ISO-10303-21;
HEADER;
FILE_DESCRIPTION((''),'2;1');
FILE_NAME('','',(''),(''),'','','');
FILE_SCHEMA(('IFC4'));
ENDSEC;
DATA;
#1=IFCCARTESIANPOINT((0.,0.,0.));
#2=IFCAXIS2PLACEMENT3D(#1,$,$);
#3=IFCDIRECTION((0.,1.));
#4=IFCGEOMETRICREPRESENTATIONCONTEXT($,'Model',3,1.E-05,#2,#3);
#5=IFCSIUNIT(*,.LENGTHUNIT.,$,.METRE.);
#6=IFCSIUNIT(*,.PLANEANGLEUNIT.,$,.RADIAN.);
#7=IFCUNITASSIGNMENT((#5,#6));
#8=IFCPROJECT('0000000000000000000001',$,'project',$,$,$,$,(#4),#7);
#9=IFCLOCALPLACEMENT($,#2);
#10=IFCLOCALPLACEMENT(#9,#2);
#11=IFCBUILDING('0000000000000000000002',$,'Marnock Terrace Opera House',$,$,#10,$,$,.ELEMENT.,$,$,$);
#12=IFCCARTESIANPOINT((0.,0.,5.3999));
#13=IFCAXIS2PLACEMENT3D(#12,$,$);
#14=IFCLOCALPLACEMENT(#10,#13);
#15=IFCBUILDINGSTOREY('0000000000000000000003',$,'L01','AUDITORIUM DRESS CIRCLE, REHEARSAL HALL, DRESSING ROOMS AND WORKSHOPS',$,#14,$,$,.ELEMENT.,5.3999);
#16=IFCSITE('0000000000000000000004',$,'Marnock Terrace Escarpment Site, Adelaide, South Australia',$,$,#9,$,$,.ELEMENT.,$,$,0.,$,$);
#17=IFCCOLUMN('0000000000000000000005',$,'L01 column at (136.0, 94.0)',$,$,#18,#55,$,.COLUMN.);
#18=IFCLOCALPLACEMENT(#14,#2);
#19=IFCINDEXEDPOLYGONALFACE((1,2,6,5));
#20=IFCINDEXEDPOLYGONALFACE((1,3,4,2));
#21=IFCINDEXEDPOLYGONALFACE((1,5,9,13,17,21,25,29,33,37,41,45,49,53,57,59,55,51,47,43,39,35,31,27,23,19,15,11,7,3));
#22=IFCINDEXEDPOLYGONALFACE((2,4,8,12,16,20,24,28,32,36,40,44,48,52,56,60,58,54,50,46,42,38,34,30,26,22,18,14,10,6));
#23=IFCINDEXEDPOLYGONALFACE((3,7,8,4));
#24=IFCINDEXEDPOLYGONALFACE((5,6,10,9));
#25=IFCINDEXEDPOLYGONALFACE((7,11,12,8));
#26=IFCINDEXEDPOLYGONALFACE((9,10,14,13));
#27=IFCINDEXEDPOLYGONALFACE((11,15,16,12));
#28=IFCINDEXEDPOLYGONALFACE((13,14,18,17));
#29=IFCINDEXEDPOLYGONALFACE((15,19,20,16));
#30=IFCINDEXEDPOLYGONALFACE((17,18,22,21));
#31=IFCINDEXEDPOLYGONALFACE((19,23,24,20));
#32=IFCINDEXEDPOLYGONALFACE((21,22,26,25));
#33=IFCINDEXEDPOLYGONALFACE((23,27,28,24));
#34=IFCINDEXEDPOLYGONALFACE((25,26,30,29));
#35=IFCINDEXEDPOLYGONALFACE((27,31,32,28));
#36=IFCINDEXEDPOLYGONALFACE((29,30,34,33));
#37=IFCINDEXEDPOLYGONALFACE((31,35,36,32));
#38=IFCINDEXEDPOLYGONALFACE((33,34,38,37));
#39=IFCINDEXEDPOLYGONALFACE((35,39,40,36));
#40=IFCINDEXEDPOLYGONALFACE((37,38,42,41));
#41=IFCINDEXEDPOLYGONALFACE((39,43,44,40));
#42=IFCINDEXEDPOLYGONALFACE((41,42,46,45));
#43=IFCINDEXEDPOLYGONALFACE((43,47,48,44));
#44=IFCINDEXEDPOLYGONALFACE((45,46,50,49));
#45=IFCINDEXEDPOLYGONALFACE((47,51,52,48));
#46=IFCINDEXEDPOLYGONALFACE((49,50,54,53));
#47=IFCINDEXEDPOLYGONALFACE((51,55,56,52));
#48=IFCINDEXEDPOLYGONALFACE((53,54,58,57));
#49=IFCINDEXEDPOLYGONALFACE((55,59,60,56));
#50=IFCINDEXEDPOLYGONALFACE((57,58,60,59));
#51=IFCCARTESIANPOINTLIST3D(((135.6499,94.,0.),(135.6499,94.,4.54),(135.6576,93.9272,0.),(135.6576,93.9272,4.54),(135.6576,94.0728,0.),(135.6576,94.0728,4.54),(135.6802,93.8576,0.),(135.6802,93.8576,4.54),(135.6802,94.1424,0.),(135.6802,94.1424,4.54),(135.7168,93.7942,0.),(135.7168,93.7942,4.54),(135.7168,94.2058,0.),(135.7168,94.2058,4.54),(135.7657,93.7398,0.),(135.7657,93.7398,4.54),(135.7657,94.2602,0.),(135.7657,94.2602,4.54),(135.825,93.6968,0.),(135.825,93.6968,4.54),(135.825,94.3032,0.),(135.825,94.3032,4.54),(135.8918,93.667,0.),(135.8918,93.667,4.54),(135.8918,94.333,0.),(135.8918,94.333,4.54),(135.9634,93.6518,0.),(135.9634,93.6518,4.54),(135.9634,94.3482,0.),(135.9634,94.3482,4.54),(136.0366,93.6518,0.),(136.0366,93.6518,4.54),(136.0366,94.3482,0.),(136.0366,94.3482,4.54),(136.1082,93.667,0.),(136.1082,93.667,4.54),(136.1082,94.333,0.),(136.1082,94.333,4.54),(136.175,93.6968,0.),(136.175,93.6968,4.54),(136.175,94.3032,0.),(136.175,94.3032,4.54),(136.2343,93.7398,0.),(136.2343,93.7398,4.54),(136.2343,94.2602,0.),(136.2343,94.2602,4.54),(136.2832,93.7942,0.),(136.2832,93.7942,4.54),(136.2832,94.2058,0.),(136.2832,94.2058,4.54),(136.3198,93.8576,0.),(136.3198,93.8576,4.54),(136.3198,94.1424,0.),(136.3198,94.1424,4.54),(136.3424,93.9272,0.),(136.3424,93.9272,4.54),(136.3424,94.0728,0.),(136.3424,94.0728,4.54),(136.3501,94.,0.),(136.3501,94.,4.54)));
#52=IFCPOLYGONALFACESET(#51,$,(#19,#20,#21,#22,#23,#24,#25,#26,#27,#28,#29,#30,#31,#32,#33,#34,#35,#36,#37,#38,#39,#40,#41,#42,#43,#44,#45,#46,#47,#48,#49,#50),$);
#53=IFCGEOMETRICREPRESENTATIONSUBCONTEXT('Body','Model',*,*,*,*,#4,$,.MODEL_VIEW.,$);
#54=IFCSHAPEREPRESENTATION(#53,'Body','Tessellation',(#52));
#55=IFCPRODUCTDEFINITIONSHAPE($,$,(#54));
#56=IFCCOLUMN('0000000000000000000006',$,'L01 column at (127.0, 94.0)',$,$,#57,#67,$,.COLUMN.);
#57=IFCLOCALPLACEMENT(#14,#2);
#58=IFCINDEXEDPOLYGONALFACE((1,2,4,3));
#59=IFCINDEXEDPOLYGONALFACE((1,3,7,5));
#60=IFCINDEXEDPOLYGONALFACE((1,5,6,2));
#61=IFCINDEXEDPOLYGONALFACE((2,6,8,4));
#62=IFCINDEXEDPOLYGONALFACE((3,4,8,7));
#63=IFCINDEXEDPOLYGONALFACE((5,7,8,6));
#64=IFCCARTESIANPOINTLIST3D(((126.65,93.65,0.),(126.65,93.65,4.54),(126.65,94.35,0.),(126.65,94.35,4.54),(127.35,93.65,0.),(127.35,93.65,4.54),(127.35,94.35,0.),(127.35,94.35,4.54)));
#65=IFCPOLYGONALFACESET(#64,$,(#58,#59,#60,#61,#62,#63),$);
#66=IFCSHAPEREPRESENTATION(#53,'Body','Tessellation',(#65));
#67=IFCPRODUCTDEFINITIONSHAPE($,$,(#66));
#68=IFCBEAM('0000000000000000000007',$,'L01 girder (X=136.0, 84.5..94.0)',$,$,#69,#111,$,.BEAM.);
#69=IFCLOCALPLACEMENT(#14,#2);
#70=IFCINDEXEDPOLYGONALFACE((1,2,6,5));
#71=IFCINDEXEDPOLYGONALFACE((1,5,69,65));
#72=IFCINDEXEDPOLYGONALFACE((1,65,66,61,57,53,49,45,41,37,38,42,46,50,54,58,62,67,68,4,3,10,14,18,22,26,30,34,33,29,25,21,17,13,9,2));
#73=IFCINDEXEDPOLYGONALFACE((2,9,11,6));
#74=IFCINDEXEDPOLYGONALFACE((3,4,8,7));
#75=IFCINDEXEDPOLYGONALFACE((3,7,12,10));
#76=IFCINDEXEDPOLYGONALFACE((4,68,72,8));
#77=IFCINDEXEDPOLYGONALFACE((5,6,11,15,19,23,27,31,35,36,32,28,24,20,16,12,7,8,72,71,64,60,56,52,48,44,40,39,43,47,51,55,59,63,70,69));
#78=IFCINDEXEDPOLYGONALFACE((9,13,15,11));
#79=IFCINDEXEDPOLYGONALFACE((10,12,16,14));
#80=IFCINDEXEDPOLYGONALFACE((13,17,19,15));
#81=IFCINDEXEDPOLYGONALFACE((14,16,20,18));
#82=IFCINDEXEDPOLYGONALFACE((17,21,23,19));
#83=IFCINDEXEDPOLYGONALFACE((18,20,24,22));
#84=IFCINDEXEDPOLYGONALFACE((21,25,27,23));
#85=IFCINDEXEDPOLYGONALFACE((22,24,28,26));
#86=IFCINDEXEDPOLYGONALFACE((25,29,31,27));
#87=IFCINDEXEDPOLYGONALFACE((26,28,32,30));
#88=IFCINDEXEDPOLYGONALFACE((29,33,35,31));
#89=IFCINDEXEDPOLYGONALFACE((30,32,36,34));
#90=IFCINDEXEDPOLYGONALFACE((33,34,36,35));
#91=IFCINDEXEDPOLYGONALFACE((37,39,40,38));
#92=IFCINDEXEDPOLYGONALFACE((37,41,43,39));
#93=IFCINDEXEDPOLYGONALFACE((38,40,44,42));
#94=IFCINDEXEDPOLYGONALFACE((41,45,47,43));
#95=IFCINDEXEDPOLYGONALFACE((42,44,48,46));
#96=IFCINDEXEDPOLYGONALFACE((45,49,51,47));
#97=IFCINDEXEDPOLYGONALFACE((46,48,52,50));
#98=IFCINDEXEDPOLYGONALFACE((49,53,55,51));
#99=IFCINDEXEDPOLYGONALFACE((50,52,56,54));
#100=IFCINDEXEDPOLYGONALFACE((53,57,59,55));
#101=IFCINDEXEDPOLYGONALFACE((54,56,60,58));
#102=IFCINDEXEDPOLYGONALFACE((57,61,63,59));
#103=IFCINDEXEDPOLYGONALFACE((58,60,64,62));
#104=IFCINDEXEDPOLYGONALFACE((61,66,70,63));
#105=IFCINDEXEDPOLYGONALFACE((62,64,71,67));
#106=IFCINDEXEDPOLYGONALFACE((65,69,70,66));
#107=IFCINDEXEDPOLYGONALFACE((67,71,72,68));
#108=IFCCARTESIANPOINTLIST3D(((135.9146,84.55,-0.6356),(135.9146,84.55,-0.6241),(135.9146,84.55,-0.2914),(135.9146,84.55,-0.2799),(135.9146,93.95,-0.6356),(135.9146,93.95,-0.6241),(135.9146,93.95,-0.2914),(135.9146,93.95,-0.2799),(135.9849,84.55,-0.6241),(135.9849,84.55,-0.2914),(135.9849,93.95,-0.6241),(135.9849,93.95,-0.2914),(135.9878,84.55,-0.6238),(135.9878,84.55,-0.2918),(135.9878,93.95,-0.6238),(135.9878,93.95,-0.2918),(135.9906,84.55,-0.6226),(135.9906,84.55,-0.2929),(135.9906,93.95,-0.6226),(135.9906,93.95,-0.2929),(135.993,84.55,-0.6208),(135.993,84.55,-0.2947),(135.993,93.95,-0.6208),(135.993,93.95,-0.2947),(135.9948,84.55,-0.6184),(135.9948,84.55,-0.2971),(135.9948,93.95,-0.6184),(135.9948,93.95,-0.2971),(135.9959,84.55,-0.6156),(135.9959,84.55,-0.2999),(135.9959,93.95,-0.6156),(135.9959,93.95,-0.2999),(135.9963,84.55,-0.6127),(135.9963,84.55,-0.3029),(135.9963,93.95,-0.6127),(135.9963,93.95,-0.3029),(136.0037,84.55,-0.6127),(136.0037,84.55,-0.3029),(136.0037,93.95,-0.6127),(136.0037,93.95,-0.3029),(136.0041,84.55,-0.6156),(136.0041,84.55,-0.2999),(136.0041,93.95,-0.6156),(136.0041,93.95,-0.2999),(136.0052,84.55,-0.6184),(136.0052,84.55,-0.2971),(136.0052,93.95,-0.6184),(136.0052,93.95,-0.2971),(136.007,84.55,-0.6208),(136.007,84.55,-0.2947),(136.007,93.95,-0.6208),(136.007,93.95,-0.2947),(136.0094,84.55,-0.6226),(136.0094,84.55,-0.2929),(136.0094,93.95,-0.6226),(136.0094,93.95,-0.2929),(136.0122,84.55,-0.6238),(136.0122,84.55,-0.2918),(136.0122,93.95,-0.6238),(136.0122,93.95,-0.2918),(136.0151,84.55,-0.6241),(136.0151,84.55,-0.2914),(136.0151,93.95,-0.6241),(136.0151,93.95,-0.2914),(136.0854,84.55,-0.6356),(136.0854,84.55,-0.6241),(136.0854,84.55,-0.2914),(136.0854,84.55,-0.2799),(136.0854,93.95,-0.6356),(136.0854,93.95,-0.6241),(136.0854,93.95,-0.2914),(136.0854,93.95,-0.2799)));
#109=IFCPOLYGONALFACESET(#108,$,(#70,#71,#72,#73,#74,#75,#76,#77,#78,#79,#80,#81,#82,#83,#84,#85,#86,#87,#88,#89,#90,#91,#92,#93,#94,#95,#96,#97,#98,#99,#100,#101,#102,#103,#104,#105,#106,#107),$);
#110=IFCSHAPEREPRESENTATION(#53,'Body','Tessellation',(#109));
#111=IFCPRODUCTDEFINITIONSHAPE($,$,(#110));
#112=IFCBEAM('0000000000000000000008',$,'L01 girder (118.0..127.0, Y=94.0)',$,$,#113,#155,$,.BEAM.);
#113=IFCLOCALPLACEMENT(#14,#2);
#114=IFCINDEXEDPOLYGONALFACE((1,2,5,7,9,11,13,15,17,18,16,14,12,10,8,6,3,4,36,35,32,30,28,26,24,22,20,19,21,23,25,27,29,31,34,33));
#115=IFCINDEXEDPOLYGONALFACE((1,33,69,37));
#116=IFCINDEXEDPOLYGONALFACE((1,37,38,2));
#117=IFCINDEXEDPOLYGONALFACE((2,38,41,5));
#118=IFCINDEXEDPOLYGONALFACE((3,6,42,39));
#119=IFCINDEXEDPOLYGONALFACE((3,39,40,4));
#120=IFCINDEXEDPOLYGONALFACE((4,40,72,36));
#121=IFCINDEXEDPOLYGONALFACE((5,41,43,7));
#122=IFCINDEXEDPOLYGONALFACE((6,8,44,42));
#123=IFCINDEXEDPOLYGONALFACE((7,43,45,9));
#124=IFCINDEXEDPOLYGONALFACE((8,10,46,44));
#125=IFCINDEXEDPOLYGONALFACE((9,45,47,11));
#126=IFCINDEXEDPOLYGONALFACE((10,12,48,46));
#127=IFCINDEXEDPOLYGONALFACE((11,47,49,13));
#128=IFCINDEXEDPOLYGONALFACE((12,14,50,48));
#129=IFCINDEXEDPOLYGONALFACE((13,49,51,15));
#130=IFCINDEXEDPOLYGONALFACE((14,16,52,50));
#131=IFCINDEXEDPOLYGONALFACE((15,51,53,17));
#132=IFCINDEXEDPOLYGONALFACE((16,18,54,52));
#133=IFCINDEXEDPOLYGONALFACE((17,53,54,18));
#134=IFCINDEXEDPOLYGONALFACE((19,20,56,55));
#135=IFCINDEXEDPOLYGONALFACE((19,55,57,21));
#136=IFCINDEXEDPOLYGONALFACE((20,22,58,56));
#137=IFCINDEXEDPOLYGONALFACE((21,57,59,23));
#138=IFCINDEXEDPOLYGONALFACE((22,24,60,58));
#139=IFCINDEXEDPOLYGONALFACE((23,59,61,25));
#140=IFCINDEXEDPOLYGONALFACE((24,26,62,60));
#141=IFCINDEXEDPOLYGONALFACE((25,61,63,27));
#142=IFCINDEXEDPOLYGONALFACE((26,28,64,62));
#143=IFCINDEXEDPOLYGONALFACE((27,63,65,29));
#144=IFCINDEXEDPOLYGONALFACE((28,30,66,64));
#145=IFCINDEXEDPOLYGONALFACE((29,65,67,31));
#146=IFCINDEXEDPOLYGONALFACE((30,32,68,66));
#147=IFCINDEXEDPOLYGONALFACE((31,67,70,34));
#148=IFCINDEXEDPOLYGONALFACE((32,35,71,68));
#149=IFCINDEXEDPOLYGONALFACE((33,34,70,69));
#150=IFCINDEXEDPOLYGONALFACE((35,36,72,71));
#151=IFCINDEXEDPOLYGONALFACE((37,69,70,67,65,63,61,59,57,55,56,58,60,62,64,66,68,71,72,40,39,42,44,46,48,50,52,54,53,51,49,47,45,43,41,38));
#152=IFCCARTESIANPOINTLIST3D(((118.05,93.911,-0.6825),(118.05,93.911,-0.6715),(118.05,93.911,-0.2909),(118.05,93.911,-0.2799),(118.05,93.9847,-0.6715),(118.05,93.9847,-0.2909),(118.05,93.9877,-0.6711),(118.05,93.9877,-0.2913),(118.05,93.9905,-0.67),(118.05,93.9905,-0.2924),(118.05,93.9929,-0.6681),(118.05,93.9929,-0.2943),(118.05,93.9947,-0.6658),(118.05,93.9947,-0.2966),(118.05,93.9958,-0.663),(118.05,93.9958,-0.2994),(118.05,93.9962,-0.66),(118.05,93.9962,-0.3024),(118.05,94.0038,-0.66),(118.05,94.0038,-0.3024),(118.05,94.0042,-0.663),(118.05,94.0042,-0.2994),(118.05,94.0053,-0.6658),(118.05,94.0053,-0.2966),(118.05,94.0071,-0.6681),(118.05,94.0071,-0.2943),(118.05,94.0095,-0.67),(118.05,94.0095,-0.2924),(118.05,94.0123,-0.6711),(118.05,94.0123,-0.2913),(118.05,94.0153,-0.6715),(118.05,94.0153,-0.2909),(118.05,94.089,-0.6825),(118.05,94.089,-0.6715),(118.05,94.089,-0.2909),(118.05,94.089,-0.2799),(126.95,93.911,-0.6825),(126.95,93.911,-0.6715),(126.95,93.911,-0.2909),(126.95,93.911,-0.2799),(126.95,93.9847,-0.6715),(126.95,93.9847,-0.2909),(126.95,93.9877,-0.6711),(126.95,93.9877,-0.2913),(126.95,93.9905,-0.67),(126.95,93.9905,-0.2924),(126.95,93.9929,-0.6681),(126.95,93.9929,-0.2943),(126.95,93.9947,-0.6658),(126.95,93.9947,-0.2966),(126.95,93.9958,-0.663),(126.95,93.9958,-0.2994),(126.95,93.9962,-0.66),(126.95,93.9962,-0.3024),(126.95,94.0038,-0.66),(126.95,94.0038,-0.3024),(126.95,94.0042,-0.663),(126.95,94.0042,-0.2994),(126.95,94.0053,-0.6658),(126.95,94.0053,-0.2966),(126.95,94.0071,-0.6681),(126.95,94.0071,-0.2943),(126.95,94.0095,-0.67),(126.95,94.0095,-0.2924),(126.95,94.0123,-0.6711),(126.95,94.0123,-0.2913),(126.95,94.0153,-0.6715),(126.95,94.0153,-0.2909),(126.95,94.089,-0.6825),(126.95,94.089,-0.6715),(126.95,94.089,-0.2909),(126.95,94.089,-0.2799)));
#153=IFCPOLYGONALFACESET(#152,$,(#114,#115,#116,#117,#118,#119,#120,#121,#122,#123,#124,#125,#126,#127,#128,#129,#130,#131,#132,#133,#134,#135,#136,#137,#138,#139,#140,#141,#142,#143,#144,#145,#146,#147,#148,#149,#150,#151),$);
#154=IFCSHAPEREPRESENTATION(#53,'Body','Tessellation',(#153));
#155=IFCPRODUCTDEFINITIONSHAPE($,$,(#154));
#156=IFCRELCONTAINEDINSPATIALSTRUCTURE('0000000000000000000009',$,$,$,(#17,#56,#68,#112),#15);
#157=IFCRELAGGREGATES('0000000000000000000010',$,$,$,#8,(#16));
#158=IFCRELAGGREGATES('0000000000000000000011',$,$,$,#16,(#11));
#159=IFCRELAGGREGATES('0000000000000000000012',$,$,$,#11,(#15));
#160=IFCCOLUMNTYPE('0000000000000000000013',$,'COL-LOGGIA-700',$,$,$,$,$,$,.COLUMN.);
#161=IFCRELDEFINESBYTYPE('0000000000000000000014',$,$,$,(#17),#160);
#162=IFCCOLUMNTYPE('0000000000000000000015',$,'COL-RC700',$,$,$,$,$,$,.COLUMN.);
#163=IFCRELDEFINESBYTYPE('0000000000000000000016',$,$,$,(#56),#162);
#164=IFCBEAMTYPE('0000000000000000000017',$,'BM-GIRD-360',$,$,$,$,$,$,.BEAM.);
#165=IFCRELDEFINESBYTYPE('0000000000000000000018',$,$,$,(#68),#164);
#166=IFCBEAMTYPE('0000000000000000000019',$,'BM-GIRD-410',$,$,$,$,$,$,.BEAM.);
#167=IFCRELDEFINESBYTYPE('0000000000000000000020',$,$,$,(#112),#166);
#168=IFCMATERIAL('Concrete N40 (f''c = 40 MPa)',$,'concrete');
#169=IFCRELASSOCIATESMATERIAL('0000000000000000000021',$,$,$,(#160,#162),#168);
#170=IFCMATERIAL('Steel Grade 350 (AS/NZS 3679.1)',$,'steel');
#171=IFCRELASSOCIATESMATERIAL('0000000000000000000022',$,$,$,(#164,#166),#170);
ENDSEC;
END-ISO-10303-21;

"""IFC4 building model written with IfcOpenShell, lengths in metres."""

from ifc_helpers import new_model, si_unit, direction, frame, origin, origin_2d, place, context, subcontext, project, spatial, rectangle, circle, i_section, extrude, material, material_profile, profile_set, type_object, element, save


model = new_model("IFC4")

# Units and contexts
model_context = context("Model", 3, precision=1e-05, world=origin(), true_north=direction((0.0, 1.0)))
body_context = subcontext(model_context, "Body", "Model", "MODEL_VIEW")
ifc_project = project(units=[si_unit("LENGTHUNIT", "METRE"), si_unit("PLANEANGLEUNIT", "RADIAN")], contexts=[model_context])

# Site, building, storey
site_placement = place(None, origin())
site = spatial("IfcSite", under=ifc_project, at=site_placement, Name="Marnock Terrace Escarpment Site, Adelaide, South Australia", CompositionType="ELEMENT", RefElevation=0.0)
building_placement = place(site_placement, origin())
building = spatial("IfcBuilding", under=site, at=building_placement, Name="Marnock Terrace Opera House", CompositionType="ELEMENT")
storey_placement = place(building_placement, frame((0.0, 0.0, 5.3999)))
storey = spatial("IfcBuildingStorey", under=building, at=storey_placement, Name="L01", Description="AUDITORIUM DRESS CIRCLE, REHEARSAL HALL, DRESSING ROOMS AND WORKSHOPS", CompositionType="ELEMENT", Elevation=5.3999)

# Columns
ifc_material_1 = material(Name="Concrete N40 (f'c = 40 MPa)", Category="concrete")
ifc_material_profile_1 = material_profile(ifc_material_1, circle(Radius=0.3501, at=origin_2d()))
ifc_profile_set_1 = profile_set([ifc_material_profile_1], Name="Concrete N40 (f'c = 40 MPa)")
column_type_1 = type_object("IfcColumnType", Name="COL-LOGGIA-700", PredefinedType="COLUMN", material=ifc_profile_set_1)
column_1_placement = place(storey_placement, frame((136.0, 94.0, 0.0), z_axis=(0.0, 0.0, 1.0), x_axis=(1.0, 0.0, 0.0)))
element("IfcColumn", 1, at=column_1_placement, inside=storey, type_object=column_type_1, Name="L01 column at (136.0, 94.0)", PredefinedType="COLUMN", context=body_context, shape_type="SweptSolid", body=[
    extrude(circle(Radius=0.3501, at=origin_2d()), origin(), (0.0, 0.0, 1.0), 4.54),
])
ifc_material_profile_2 = material_profile(ifc_material_1, rectangle(XDim=0.7, YDim=0.7, at=origin_2d()))
ifc_profile_set_2 = profile_set([ifc_material_profile_2], Name="Concrete N40 (f'c = 40 MPa)")
column_type_2 = type_object("IfcColumnType", Name="COL-RC700", PredefinedType="COLUMN", material=ifc_profile_set_2)
column_2_placement = place(storey_placement, frame((127.0, 94.0, 0.0), z_axis=(0.0, 0.0, 1.0), x_axis=(1.0, 0.0, 0.0)))
element("IfcColumn", 2, at=column_2_placement, inside=storey, type_object=column_type_2, Name="L01 column at (127.0, 94.0)", PredefinedType="COLUMN", context=body_context, shape_type="SweptSolid", body=[
    extrude(rectangle(XDim=0.7, YDim=0.7, at=origin_2d()), origin(), (0.0, 0.0, 1.0), 4.54),
])

# Beams
ifc_material_2 = material(Name="Steel Grade 350 (AS/NZS 3679.1)", Category="steel")
ifc_material_profile_3 = material_profile(ifc_material_2, i_section(OverallWidth=0.1709, OverallDepth=0.3557, WebThickness=0.0073, FlangeThickness=0.0115, FilletRadius=0.0115, at=origin_2d()))
ifc_profile_set_3 = profile_set([ifc_material_profile_3], Name="Steel Grade 350 (AS/NZS 3679.1)")
beam_type_1 = type_object("IfcBeamType", Name="BM-GIRD-360", PredefinedType="BEAM", material=ifc_profile_set_3)
beam_1_placement = place(storey_placement, frame((136.0, 84.55, -0.4578), z_axis=(0.0, 1.0, 0.0), x_axis=(-1.0, 0.0, 0.0)))
element("IfcBeam", 3, at=beam_1_placement, inside=storey, type_object=beam_type_1, Name="L01 girder (X=136.0, 84.5..94.0)", PredefinedType="BEAM", context=body_context, shape_type="SweptSolid", body=[
    extrude(i_section(OverallWidth=0.1709, OverallDepth=0.3557, WebThickness=0.0073, FlangeThickness=0.0115, FilletRadius=0.0115, at=origin_2d()), origin(), (0.0, 0.0, 1.0), 9.3999),
])
ifc_material_profile_4 = material_profile(ifc_material_2, i_section(OverallWidth=0.178, OverallDepth=0.4026, WebThickness=0.0076, FlangeThickness=0.011, FilletRadius=0.0115, at=origin_2d()))
ifc_profile_set_4 = profile_set([ifc_material_profile_4], Name="Steel Grade 350 (AS/NZS 3679.1)")
beam_type_2 = type_object("IfcBeamType", Name="BM-GIRD-410", PredefinedType="BEAM", material=ifc_profile_set_4)
beam_2_placement = place(storey_placement, frame((118.05, 94.0, -0.4812), z_axis=(1.0, 0.0, 0.0), x_axis=(0.0, 1.0, 0.0)))
element("IfcBeam", 4, at=beam_2_placement, inside=storey, type_object=beam_type_2, Name="L01 girder (118.0..127.0, Y=94.0)", PredefinedType="BEAM", context=body_context, shape_type="SweptSolid", body=[
    extrude(i_section(OverallWidth=0.178, OverallDepth=0.4026, WebThickness=0.0076, FlangeThickness=0.011, FilletRadius=0.0115, at=origin_2d()), origin(), (0.0, 0.0, 1.0), 8.8999),
])

save(model, "model.ifc")
